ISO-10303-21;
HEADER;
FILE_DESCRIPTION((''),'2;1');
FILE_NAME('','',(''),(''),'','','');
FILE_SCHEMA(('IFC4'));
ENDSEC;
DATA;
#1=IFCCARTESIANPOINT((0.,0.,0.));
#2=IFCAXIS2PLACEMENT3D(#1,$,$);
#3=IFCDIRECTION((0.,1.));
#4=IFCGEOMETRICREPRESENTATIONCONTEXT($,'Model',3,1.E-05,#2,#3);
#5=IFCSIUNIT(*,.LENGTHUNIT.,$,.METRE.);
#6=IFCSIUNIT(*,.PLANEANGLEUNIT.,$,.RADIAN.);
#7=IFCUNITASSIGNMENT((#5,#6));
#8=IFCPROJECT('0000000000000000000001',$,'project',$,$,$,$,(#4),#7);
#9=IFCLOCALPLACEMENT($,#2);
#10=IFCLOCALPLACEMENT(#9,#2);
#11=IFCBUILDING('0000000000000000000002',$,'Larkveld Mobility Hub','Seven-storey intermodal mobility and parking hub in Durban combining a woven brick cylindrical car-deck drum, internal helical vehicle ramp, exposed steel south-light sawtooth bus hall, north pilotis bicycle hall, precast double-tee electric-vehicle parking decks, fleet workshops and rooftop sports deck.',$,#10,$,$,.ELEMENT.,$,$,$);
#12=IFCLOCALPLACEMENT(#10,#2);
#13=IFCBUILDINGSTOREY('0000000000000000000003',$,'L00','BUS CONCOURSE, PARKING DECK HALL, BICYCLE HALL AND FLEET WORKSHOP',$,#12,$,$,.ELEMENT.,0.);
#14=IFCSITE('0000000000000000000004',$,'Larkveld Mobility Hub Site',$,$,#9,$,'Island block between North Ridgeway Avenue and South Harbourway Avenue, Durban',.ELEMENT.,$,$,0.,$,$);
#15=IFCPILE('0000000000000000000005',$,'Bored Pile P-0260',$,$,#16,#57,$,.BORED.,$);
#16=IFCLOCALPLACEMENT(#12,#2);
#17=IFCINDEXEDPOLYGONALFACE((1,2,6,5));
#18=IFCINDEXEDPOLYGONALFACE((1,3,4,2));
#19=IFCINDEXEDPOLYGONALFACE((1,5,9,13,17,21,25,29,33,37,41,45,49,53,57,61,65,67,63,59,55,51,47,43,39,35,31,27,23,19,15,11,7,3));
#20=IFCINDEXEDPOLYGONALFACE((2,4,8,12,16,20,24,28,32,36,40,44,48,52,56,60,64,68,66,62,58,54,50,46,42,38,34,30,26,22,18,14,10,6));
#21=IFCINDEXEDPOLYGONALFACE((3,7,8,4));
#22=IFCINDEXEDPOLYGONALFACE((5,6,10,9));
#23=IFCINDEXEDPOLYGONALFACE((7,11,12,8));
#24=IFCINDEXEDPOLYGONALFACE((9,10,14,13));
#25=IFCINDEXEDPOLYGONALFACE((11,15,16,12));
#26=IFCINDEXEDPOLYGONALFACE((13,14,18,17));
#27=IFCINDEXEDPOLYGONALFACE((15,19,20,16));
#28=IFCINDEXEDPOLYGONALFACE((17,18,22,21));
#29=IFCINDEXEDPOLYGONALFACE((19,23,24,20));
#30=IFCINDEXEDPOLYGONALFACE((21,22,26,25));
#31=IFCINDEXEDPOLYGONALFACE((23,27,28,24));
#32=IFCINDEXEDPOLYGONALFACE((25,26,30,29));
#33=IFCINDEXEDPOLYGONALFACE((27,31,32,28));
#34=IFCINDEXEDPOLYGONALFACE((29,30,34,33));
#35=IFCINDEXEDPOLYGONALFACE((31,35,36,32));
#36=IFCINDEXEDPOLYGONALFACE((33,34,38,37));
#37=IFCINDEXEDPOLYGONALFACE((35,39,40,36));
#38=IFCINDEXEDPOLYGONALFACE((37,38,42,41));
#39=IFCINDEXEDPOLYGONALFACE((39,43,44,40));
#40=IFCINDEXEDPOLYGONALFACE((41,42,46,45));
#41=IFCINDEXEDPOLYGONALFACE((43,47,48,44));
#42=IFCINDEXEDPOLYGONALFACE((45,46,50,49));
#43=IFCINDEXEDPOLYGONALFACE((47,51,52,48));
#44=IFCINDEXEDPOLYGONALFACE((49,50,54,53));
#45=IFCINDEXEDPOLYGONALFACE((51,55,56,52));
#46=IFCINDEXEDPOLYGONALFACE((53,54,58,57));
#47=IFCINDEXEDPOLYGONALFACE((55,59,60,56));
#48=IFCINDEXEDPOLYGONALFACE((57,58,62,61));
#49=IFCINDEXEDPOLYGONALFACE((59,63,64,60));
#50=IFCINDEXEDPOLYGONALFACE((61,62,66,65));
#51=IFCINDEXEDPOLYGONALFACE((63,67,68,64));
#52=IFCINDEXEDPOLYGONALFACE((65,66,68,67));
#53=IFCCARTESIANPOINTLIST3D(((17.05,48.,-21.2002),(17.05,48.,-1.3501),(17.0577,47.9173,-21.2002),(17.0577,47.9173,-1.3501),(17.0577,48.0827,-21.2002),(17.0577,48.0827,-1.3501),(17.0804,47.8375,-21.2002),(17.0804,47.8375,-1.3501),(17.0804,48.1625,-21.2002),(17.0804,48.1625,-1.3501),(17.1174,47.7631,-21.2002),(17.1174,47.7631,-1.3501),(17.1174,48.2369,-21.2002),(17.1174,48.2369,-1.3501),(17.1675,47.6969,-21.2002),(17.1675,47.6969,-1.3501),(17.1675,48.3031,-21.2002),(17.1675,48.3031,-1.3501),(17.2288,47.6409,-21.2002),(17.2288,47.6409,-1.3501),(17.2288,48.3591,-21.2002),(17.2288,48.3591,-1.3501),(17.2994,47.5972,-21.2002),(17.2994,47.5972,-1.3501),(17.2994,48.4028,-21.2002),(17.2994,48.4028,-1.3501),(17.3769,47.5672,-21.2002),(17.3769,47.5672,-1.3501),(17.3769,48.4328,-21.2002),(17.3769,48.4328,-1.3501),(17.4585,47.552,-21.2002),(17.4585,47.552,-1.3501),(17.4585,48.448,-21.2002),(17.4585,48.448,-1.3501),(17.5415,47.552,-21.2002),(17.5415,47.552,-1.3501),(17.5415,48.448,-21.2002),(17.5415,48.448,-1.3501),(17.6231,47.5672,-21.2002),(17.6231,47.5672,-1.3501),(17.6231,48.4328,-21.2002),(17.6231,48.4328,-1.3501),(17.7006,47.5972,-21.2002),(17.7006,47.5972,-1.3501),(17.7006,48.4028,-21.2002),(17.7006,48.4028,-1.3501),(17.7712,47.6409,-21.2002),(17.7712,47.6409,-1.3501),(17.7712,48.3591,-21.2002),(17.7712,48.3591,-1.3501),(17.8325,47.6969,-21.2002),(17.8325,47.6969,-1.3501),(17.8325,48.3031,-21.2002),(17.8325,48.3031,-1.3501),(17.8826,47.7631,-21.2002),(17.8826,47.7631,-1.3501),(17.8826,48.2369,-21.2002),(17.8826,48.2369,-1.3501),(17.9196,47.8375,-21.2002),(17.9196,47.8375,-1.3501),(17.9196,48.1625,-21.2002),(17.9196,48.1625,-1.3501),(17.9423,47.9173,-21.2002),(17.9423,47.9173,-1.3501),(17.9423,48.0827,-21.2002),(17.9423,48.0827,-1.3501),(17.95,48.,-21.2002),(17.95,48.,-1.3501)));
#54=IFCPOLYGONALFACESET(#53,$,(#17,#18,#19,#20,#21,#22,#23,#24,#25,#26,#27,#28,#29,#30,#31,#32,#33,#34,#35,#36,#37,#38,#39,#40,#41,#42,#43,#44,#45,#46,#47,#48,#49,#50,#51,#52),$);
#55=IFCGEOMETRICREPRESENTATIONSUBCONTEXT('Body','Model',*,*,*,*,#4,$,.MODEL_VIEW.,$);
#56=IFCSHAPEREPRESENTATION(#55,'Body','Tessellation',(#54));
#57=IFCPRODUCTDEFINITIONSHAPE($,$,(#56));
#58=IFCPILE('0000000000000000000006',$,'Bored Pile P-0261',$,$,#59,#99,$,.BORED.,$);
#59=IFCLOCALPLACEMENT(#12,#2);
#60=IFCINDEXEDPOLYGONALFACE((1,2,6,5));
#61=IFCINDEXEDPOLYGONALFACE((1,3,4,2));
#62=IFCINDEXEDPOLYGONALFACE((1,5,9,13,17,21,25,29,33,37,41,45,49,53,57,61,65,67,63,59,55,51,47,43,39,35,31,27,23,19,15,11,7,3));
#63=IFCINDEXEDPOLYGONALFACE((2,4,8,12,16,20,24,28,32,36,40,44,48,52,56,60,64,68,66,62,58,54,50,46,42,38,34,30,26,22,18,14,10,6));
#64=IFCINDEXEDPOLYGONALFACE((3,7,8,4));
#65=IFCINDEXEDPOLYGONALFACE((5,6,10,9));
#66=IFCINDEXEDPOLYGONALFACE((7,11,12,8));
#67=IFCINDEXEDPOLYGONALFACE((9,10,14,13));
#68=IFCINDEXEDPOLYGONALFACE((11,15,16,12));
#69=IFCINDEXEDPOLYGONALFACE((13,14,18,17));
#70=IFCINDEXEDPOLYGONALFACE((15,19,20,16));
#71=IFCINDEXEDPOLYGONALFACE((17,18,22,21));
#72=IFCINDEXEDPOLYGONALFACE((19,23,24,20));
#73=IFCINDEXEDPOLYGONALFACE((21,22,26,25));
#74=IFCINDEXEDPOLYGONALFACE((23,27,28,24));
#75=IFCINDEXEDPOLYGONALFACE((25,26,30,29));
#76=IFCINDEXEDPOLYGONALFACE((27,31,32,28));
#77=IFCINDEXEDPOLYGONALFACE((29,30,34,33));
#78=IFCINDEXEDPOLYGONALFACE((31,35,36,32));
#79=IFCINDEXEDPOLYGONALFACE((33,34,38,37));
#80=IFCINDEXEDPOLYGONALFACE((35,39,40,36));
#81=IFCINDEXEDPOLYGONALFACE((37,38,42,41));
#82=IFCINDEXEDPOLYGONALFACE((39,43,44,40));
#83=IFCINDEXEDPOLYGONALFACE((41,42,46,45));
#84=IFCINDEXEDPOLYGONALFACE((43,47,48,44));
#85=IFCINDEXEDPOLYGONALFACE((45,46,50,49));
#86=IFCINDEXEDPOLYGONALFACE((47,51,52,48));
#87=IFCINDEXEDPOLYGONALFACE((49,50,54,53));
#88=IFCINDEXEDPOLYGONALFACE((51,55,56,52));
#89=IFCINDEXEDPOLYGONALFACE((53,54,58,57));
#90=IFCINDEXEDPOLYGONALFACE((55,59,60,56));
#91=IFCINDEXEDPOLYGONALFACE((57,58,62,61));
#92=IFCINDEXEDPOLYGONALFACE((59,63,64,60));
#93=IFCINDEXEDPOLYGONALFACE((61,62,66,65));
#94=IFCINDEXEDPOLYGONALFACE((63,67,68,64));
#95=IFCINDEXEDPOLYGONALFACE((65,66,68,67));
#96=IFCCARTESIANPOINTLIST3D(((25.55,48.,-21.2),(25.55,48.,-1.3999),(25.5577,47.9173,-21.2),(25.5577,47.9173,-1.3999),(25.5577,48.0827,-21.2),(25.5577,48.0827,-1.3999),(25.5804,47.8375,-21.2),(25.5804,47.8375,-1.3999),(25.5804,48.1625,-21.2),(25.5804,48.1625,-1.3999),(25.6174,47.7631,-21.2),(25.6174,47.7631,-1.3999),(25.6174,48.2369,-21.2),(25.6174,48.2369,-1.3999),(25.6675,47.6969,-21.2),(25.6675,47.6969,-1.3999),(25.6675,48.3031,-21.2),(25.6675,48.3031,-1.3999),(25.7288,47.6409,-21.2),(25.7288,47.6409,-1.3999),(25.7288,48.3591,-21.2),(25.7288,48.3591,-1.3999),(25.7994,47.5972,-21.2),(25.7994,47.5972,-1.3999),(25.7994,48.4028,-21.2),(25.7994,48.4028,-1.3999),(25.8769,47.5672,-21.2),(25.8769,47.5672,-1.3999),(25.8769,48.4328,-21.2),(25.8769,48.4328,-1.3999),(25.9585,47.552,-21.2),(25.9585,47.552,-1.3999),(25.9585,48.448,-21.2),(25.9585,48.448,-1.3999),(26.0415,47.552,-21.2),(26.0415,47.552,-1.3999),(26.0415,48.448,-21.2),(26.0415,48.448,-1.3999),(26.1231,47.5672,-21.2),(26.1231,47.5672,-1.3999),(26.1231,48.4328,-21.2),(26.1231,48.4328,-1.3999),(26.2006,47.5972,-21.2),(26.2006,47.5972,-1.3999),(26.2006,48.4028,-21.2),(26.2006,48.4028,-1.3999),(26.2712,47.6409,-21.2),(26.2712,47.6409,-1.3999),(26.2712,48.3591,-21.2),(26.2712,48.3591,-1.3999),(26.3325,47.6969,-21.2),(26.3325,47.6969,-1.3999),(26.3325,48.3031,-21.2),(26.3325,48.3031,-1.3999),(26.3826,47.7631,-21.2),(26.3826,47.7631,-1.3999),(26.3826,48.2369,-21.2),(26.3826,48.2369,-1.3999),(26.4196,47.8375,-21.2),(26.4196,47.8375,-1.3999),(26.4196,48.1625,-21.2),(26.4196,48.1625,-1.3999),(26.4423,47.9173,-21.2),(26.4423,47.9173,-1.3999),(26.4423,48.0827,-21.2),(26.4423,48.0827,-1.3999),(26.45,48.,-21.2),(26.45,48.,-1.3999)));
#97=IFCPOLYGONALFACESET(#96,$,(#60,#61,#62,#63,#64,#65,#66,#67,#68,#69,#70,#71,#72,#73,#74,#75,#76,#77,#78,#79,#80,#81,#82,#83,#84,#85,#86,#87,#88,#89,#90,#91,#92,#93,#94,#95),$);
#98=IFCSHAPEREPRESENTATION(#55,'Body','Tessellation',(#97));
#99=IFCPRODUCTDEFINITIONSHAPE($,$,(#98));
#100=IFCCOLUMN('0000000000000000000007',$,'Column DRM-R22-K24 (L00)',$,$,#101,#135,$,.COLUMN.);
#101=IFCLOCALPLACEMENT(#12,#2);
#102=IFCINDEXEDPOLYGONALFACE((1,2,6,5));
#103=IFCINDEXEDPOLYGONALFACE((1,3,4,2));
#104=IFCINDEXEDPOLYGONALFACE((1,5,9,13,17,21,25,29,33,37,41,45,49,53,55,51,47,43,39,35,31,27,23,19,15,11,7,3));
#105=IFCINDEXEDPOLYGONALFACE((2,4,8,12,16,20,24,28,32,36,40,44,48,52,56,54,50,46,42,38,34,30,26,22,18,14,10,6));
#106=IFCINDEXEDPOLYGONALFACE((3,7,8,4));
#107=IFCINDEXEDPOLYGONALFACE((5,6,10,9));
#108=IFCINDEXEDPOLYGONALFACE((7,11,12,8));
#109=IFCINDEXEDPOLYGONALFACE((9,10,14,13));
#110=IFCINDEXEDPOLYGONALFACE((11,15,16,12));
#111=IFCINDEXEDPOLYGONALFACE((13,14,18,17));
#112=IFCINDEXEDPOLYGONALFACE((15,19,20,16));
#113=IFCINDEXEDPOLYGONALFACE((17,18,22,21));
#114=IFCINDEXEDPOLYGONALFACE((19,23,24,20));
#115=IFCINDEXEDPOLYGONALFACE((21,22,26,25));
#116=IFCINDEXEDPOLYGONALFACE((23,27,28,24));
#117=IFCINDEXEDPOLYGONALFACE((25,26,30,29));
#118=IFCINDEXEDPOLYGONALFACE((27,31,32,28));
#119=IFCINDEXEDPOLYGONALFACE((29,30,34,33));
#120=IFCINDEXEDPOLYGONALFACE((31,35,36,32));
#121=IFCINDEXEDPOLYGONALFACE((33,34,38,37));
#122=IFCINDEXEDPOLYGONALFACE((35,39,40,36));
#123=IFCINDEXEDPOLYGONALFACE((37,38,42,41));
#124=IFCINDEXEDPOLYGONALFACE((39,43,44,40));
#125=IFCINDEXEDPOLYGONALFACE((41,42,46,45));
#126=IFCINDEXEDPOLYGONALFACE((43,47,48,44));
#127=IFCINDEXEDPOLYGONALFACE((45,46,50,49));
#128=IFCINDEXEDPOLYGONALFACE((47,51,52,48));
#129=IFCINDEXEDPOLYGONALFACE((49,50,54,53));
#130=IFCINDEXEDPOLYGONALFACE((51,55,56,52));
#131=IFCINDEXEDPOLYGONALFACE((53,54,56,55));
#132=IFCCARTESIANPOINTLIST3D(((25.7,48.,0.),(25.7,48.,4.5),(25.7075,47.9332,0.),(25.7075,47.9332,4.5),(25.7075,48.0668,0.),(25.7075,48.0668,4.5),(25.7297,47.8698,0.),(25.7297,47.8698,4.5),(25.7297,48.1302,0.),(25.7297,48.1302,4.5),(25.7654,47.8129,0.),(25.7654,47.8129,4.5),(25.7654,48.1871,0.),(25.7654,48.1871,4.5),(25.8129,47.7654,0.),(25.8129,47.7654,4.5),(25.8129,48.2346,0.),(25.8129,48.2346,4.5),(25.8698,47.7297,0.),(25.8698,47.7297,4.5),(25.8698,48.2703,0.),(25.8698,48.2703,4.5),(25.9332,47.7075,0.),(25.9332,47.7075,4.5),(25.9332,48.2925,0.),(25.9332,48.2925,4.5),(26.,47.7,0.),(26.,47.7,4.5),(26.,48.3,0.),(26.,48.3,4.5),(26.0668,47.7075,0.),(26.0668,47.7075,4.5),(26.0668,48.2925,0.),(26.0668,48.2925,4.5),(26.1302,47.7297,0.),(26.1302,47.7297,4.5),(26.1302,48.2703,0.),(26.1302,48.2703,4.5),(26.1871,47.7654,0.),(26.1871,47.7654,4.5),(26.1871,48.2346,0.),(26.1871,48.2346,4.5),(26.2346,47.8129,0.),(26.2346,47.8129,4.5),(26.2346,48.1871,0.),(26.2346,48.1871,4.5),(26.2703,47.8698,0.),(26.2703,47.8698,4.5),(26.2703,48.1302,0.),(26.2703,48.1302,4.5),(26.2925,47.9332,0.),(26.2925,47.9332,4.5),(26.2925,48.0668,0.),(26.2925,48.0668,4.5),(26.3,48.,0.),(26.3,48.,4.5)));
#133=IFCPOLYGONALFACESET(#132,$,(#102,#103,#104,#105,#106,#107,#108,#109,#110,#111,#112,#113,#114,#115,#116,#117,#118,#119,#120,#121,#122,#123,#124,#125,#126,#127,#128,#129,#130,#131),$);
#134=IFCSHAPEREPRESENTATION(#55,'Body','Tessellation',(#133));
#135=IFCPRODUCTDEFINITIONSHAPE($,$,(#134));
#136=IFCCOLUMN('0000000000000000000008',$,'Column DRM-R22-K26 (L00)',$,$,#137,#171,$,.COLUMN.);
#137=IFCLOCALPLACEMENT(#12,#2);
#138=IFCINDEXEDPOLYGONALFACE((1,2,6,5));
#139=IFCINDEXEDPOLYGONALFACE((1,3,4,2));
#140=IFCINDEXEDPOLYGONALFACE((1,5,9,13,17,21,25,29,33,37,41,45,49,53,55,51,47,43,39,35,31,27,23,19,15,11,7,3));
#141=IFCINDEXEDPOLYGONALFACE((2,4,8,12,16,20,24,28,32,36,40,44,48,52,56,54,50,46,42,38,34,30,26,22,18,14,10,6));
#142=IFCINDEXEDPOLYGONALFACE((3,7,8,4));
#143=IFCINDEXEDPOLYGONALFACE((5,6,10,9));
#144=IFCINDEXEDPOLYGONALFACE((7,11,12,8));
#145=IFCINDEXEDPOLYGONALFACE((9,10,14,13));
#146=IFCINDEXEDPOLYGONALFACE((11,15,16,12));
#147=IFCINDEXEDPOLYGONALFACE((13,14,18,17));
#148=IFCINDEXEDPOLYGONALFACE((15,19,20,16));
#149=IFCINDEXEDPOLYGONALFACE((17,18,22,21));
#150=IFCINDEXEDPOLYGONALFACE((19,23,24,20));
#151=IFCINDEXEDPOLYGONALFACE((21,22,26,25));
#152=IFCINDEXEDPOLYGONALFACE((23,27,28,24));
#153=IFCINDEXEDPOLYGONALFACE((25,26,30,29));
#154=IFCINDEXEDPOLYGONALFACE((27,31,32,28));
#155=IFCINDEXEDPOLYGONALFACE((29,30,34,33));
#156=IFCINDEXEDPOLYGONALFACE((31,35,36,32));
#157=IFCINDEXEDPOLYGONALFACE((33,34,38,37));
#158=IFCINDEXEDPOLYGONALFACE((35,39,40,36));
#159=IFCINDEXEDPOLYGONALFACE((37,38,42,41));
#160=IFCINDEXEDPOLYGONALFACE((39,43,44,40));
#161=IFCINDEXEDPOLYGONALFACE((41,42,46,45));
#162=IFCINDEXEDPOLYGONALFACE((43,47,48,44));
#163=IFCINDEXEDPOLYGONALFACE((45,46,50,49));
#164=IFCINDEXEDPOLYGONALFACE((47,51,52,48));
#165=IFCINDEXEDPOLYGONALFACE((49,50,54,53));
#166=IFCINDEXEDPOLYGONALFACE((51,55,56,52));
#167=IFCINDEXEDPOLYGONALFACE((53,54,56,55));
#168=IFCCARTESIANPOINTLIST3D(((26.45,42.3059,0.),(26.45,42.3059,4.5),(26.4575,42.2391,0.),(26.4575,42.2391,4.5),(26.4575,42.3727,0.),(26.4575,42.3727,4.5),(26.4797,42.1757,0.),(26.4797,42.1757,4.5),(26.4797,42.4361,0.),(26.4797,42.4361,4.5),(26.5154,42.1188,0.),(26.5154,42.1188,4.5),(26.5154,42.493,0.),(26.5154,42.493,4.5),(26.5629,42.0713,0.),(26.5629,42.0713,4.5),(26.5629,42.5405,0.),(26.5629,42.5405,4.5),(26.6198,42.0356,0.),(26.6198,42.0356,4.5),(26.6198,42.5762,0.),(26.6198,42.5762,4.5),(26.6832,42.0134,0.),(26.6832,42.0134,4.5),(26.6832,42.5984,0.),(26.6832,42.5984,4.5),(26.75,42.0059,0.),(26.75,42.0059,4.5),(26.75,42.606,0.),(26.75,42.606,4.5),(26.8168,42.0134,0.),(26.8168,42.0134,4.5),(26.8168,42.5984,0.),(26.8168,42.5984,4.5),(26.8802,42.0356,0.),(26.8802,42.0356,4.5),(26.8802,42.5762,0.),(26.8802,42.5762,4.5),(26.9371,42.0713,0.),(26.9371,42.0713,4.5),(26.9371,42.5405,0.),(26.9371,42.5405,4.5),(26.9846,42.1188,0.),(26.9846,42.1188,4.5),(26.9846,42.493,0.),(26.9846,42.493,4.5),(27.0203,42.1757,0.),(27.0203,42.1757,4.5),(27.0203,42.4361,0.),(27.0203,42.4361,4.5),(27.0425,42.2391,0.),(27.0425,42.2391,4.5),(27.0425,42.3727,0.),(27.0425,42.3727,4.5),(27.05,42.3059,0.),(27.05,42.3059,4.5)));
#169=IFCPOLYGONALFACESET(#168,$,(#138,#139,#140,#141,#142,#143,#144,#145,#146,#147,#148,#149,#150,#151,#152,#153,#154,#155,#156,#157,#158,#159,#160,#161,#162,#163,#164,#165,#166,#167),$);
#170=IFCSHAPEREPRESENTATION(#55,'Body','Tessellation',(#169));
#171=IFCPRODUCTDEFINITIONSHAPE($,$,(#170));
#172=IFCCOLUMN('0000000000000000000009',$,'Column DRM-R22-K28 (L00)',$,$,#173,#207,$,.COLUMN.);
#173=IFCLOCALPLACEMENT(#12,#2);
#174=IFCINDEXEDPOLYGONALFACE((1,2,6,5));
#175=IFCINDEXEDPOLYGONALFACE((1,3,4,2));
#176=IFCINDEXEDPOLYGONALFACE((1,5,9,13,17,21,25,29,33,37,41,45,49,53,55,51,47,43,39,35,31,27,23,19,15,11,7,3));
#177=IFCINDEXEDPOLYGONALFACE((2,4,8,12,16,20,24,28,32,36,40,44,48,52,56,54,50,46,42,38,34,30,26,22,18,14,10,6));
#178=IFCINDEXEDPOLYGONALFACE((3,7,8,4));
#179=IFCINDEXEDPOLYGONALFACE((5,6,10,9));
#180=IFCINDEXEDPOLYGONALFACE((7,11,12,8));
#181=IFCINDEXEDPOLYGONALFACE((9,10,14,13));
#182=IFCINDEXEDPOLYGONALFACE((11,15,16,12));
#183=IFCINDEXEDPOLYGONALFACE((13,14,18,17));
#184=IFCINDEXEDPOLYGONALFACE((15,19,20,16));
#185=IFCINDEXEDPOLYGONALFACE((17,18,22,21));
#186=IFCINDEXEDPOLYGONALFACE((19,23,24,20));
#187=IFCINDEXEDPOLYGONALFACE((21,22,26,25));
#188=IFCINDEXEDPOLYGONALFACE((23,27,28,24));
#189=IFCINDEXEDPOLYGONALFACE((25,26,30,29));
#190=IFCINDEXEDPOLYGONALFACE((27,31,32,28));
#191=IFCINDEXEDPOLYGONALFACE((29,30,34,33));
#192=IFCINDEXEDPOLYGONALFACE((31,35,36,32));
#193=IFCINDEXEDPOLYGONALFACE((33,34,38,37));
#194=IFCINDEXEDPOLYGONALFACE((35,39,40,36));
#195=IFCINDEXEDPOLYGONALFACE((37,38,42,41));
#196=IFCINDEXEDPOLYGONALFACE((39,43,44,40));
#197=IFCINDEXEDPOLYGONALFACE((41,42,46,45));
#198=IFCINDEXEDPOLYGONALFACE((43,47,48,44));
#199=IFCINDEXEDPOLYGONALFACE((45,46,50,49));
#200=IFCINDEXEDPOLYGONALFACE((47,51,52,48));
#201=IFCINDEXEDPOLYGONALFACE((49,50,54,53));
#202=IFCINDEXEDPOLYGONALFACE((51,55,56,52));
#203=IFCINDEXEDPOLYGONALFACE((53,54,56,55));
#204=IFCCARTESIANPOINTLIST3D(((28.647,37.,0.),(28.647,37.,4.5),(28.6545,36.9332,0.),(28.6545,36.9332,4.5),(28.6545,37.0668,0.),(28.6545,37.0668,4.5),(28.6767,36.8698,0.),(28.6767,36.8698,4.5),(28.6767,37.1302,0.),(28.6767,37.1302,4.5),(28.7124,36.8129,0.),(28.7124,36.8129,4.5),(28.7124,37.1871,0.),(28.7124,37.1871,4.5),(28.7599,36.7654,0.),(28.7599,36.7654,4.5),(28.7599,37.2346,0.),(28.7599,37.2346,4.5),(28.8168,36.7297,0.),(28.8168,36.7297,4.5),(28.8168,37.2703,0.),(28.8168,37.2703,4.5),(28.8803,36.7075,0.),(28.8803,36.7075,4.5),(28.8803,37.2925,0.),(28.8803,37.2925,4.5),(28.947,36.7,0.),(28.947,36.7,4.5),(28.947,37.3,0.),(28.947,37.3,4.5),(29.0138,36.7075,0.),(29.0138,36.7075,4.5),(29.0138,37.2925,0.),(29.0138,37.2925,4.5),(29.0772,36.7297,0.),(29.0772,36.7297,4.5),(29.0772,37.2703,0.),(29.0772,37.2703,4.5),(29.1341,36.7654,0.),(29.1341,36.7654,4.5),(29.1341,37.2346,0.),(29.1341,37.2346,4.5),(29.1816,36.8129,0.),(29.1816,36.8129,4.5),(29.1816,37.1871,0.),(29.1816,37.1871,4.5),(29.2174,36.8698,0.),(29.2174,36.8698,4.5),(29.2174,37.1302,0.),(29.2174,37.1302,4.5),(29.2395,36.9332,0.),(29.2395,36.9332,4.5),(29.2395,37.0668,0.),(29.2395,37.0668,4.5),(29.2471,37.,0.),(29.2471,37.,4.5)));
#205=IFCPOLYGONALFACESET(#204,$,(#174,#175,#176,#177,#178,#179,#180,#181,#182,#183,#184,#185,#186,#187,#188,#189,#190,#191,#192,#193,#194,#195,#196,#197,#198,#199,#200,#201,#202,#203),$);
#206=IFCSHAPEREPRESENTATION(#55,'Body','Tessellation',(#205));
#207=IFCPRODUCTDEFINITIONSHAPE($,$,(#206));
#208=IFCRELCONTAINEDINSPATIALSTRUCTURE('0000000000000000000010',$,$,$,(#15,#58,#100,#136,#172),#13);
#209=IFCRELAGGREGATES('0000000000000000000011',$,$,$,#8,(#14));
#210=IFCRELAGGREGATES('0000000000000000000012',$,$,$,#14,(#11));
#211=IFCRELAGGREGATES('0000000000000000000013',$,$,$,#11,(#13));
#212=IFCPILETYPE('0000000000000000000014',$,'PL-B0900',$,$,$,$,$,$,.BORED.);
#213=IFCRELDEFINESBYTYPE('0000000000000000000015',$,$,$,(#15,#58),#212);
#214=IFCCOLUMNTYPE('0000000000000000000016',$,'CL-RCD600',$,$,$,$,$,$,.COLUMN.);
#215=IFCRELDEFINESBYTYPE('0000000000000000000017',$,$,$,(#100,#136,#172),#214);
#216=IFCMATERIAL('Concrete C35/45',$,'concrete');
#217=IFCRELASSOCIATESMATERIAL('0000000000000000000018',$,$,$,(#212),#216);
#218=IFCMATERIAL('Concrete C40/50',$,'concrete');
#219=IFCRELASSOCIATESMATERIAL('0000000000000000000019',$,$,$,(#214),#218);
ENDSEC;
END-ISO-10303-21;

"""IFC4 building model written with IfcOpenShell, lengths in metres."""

from ifc_helpers import new_model, si_unit, direction, frame, origin, origin_2d, place, context, subcontext, project, spatial, circle, extrude, material, material_profile, profile_set, type_object, element, save


model = new_model("IFC4")

# Units and contexts
model_context = context("Model", 3, precision=1e-05, world=origin(), true_north=direction((0.0, 1.0)))
body_context = subcontext(model_context, "Body", "Model", "MODEL_VIEW")
ifc_project = project(units=[si_unit("LENGTHUNIT", "METRE"), si_unit("PLANEANGLEUNIT", "RADIAN")], contexts=[model_context])

# Site, building, storey
site_placement = place(None, origin())
site = spatial("IfcSite", under=ifc_project, at=site_placement, Name="Larkveld Mobility Hub Site", LongName="Island block between North Ridgeway Avenue and South Harbourway Avenue, Durban", CompositionType="ELEMENT", RefElevation=0.0)
building_placement = place(site_placement, origin())
building = spatial("IfcBuilding", under=site, at=building_placement, Name="Larkveld Mobility Hub", Description="Seven-storey intermodal mobility and parking hub in Durban combining a woven brick cylindrical car-deck drum, internal helical vehicle ramp, exposed steel south-light sawtooth bus hall, north pilotis bicycle hall, precast double-tee electric-vehicle parking decks, fleet workshops and rooftop sports deck.", CompositionType="ELEMENT")
storey_placement = place(building_placement, origin())
storey = spatial("IfcBuildingStorey", under=building, at=storey_placement, Name="L00", Description="BUS CONCOURSE, PARKING DECK HALL, BICYCLE HALL AND FLEET WORKSHOP", CompositionType="ELEMENT", Elevation=0.0)

# Shared definitions
ifc_material_1 = material(Name="Concrete C35/45", Category="concrete")

# Piles
ifc_material_profile_1 = material_profile(ifc_material_1, circle(Radius=0.45, at=origin_2d()), Name="PILE D900")
ifc_profile_set_1 = profile_set([ifc_material_profile_1], Name="Concrete C35/45")
pile_type_1 = type_object("IfcPileType", Name="PL-B0900", PredefinedType="BORED", material=ifc_profile_set_1)
pile_1_placement = place(storey_placement, frame((17.5, 48.0, -1.3501), z_axis=(0.0, 0.0, -1.0), x_axis=(1.0, 0.0, 0.0)))
element("IfcPile", 1, at=pile_1_placement, inside=storey, type_object=pile_type_1, Name="Bored Pile P-0260", PredefinedType="BORED", context=body_context, shape_type="SweptSolid", body=[
    extrude(circle(Radius=0.45, at=origin_2d()), origin(), (0.0, 0.0, 1.0), 19.8501),
])
pile_2_placement = place(storey_placement, frame((26.0, 48.0, -1.3999), z_axis=(0.0, 0.0, -1.0), x_axis=(1.0, 0.0, 0.0)))
element("IfcPile", 2, at=pile_2_placement, inside=storey, type_object=pile_type_1, Name="Bored Pile P-0261", PredefinedType="BORED", context=body_context, shape_type="SweptSolid", body=[
    extrude(circle(Radius=0.45, at=origin_2d()), origin(), (0.0, 0.0, 1.0), 19.8),
])

# Columns
ifc_material_2 = material(Name="Concrete C40/50", Category="concrete")
ifc_material_profile_2 = material_profile(ifc_material_2, circle(Radius=0.3, at=origin_2d()), Name="RC COL D600")
ifc_profile_set_2 = profile_set([ifc_material_profile_2], Name="Concrete C40/50")
column_type_1 = type_object("IfcColumnType", Name="CL-RCD600", PredefinedType="COLUMN", material=ifc_profile_set_2)
for number, where, z_axis, x_axis, name in (
    (3, (26.0, 48.0, 0.0), (0.0, 0.0, 1.0), (1.0, 0.0, 0.0), "Column DRM-R22-K24 (L00)"),
    (4, (26.75, 42.3059, 0.0), (0.0, 0.0, 1.0), (1.0, 0.0, 0.0), "Column DRM-R22-K26 (L00)"),
    (5, (28.947, 37.0, 0.0), (0.0, 0.0, 1.0), (1.0, 0.0, 0.0), "Column DRM-R22-K28 (L00)"),
):
    element("IfcColumn", number, at=place(storey_placement, frame(where, z_axis=z_axis, x_axis=x_axis)), inside=storey, type_object=column_type_1, Name=name, PredefinedType="COLUMN", context=body_context, shape_type="SweptSolid", body=[
        extrude(circle(Radius=0.3, at=origin_2d()), origin(), (0.0, 0.0, 1.0), 4.5),
    ])

save(model, "model.ifc")
